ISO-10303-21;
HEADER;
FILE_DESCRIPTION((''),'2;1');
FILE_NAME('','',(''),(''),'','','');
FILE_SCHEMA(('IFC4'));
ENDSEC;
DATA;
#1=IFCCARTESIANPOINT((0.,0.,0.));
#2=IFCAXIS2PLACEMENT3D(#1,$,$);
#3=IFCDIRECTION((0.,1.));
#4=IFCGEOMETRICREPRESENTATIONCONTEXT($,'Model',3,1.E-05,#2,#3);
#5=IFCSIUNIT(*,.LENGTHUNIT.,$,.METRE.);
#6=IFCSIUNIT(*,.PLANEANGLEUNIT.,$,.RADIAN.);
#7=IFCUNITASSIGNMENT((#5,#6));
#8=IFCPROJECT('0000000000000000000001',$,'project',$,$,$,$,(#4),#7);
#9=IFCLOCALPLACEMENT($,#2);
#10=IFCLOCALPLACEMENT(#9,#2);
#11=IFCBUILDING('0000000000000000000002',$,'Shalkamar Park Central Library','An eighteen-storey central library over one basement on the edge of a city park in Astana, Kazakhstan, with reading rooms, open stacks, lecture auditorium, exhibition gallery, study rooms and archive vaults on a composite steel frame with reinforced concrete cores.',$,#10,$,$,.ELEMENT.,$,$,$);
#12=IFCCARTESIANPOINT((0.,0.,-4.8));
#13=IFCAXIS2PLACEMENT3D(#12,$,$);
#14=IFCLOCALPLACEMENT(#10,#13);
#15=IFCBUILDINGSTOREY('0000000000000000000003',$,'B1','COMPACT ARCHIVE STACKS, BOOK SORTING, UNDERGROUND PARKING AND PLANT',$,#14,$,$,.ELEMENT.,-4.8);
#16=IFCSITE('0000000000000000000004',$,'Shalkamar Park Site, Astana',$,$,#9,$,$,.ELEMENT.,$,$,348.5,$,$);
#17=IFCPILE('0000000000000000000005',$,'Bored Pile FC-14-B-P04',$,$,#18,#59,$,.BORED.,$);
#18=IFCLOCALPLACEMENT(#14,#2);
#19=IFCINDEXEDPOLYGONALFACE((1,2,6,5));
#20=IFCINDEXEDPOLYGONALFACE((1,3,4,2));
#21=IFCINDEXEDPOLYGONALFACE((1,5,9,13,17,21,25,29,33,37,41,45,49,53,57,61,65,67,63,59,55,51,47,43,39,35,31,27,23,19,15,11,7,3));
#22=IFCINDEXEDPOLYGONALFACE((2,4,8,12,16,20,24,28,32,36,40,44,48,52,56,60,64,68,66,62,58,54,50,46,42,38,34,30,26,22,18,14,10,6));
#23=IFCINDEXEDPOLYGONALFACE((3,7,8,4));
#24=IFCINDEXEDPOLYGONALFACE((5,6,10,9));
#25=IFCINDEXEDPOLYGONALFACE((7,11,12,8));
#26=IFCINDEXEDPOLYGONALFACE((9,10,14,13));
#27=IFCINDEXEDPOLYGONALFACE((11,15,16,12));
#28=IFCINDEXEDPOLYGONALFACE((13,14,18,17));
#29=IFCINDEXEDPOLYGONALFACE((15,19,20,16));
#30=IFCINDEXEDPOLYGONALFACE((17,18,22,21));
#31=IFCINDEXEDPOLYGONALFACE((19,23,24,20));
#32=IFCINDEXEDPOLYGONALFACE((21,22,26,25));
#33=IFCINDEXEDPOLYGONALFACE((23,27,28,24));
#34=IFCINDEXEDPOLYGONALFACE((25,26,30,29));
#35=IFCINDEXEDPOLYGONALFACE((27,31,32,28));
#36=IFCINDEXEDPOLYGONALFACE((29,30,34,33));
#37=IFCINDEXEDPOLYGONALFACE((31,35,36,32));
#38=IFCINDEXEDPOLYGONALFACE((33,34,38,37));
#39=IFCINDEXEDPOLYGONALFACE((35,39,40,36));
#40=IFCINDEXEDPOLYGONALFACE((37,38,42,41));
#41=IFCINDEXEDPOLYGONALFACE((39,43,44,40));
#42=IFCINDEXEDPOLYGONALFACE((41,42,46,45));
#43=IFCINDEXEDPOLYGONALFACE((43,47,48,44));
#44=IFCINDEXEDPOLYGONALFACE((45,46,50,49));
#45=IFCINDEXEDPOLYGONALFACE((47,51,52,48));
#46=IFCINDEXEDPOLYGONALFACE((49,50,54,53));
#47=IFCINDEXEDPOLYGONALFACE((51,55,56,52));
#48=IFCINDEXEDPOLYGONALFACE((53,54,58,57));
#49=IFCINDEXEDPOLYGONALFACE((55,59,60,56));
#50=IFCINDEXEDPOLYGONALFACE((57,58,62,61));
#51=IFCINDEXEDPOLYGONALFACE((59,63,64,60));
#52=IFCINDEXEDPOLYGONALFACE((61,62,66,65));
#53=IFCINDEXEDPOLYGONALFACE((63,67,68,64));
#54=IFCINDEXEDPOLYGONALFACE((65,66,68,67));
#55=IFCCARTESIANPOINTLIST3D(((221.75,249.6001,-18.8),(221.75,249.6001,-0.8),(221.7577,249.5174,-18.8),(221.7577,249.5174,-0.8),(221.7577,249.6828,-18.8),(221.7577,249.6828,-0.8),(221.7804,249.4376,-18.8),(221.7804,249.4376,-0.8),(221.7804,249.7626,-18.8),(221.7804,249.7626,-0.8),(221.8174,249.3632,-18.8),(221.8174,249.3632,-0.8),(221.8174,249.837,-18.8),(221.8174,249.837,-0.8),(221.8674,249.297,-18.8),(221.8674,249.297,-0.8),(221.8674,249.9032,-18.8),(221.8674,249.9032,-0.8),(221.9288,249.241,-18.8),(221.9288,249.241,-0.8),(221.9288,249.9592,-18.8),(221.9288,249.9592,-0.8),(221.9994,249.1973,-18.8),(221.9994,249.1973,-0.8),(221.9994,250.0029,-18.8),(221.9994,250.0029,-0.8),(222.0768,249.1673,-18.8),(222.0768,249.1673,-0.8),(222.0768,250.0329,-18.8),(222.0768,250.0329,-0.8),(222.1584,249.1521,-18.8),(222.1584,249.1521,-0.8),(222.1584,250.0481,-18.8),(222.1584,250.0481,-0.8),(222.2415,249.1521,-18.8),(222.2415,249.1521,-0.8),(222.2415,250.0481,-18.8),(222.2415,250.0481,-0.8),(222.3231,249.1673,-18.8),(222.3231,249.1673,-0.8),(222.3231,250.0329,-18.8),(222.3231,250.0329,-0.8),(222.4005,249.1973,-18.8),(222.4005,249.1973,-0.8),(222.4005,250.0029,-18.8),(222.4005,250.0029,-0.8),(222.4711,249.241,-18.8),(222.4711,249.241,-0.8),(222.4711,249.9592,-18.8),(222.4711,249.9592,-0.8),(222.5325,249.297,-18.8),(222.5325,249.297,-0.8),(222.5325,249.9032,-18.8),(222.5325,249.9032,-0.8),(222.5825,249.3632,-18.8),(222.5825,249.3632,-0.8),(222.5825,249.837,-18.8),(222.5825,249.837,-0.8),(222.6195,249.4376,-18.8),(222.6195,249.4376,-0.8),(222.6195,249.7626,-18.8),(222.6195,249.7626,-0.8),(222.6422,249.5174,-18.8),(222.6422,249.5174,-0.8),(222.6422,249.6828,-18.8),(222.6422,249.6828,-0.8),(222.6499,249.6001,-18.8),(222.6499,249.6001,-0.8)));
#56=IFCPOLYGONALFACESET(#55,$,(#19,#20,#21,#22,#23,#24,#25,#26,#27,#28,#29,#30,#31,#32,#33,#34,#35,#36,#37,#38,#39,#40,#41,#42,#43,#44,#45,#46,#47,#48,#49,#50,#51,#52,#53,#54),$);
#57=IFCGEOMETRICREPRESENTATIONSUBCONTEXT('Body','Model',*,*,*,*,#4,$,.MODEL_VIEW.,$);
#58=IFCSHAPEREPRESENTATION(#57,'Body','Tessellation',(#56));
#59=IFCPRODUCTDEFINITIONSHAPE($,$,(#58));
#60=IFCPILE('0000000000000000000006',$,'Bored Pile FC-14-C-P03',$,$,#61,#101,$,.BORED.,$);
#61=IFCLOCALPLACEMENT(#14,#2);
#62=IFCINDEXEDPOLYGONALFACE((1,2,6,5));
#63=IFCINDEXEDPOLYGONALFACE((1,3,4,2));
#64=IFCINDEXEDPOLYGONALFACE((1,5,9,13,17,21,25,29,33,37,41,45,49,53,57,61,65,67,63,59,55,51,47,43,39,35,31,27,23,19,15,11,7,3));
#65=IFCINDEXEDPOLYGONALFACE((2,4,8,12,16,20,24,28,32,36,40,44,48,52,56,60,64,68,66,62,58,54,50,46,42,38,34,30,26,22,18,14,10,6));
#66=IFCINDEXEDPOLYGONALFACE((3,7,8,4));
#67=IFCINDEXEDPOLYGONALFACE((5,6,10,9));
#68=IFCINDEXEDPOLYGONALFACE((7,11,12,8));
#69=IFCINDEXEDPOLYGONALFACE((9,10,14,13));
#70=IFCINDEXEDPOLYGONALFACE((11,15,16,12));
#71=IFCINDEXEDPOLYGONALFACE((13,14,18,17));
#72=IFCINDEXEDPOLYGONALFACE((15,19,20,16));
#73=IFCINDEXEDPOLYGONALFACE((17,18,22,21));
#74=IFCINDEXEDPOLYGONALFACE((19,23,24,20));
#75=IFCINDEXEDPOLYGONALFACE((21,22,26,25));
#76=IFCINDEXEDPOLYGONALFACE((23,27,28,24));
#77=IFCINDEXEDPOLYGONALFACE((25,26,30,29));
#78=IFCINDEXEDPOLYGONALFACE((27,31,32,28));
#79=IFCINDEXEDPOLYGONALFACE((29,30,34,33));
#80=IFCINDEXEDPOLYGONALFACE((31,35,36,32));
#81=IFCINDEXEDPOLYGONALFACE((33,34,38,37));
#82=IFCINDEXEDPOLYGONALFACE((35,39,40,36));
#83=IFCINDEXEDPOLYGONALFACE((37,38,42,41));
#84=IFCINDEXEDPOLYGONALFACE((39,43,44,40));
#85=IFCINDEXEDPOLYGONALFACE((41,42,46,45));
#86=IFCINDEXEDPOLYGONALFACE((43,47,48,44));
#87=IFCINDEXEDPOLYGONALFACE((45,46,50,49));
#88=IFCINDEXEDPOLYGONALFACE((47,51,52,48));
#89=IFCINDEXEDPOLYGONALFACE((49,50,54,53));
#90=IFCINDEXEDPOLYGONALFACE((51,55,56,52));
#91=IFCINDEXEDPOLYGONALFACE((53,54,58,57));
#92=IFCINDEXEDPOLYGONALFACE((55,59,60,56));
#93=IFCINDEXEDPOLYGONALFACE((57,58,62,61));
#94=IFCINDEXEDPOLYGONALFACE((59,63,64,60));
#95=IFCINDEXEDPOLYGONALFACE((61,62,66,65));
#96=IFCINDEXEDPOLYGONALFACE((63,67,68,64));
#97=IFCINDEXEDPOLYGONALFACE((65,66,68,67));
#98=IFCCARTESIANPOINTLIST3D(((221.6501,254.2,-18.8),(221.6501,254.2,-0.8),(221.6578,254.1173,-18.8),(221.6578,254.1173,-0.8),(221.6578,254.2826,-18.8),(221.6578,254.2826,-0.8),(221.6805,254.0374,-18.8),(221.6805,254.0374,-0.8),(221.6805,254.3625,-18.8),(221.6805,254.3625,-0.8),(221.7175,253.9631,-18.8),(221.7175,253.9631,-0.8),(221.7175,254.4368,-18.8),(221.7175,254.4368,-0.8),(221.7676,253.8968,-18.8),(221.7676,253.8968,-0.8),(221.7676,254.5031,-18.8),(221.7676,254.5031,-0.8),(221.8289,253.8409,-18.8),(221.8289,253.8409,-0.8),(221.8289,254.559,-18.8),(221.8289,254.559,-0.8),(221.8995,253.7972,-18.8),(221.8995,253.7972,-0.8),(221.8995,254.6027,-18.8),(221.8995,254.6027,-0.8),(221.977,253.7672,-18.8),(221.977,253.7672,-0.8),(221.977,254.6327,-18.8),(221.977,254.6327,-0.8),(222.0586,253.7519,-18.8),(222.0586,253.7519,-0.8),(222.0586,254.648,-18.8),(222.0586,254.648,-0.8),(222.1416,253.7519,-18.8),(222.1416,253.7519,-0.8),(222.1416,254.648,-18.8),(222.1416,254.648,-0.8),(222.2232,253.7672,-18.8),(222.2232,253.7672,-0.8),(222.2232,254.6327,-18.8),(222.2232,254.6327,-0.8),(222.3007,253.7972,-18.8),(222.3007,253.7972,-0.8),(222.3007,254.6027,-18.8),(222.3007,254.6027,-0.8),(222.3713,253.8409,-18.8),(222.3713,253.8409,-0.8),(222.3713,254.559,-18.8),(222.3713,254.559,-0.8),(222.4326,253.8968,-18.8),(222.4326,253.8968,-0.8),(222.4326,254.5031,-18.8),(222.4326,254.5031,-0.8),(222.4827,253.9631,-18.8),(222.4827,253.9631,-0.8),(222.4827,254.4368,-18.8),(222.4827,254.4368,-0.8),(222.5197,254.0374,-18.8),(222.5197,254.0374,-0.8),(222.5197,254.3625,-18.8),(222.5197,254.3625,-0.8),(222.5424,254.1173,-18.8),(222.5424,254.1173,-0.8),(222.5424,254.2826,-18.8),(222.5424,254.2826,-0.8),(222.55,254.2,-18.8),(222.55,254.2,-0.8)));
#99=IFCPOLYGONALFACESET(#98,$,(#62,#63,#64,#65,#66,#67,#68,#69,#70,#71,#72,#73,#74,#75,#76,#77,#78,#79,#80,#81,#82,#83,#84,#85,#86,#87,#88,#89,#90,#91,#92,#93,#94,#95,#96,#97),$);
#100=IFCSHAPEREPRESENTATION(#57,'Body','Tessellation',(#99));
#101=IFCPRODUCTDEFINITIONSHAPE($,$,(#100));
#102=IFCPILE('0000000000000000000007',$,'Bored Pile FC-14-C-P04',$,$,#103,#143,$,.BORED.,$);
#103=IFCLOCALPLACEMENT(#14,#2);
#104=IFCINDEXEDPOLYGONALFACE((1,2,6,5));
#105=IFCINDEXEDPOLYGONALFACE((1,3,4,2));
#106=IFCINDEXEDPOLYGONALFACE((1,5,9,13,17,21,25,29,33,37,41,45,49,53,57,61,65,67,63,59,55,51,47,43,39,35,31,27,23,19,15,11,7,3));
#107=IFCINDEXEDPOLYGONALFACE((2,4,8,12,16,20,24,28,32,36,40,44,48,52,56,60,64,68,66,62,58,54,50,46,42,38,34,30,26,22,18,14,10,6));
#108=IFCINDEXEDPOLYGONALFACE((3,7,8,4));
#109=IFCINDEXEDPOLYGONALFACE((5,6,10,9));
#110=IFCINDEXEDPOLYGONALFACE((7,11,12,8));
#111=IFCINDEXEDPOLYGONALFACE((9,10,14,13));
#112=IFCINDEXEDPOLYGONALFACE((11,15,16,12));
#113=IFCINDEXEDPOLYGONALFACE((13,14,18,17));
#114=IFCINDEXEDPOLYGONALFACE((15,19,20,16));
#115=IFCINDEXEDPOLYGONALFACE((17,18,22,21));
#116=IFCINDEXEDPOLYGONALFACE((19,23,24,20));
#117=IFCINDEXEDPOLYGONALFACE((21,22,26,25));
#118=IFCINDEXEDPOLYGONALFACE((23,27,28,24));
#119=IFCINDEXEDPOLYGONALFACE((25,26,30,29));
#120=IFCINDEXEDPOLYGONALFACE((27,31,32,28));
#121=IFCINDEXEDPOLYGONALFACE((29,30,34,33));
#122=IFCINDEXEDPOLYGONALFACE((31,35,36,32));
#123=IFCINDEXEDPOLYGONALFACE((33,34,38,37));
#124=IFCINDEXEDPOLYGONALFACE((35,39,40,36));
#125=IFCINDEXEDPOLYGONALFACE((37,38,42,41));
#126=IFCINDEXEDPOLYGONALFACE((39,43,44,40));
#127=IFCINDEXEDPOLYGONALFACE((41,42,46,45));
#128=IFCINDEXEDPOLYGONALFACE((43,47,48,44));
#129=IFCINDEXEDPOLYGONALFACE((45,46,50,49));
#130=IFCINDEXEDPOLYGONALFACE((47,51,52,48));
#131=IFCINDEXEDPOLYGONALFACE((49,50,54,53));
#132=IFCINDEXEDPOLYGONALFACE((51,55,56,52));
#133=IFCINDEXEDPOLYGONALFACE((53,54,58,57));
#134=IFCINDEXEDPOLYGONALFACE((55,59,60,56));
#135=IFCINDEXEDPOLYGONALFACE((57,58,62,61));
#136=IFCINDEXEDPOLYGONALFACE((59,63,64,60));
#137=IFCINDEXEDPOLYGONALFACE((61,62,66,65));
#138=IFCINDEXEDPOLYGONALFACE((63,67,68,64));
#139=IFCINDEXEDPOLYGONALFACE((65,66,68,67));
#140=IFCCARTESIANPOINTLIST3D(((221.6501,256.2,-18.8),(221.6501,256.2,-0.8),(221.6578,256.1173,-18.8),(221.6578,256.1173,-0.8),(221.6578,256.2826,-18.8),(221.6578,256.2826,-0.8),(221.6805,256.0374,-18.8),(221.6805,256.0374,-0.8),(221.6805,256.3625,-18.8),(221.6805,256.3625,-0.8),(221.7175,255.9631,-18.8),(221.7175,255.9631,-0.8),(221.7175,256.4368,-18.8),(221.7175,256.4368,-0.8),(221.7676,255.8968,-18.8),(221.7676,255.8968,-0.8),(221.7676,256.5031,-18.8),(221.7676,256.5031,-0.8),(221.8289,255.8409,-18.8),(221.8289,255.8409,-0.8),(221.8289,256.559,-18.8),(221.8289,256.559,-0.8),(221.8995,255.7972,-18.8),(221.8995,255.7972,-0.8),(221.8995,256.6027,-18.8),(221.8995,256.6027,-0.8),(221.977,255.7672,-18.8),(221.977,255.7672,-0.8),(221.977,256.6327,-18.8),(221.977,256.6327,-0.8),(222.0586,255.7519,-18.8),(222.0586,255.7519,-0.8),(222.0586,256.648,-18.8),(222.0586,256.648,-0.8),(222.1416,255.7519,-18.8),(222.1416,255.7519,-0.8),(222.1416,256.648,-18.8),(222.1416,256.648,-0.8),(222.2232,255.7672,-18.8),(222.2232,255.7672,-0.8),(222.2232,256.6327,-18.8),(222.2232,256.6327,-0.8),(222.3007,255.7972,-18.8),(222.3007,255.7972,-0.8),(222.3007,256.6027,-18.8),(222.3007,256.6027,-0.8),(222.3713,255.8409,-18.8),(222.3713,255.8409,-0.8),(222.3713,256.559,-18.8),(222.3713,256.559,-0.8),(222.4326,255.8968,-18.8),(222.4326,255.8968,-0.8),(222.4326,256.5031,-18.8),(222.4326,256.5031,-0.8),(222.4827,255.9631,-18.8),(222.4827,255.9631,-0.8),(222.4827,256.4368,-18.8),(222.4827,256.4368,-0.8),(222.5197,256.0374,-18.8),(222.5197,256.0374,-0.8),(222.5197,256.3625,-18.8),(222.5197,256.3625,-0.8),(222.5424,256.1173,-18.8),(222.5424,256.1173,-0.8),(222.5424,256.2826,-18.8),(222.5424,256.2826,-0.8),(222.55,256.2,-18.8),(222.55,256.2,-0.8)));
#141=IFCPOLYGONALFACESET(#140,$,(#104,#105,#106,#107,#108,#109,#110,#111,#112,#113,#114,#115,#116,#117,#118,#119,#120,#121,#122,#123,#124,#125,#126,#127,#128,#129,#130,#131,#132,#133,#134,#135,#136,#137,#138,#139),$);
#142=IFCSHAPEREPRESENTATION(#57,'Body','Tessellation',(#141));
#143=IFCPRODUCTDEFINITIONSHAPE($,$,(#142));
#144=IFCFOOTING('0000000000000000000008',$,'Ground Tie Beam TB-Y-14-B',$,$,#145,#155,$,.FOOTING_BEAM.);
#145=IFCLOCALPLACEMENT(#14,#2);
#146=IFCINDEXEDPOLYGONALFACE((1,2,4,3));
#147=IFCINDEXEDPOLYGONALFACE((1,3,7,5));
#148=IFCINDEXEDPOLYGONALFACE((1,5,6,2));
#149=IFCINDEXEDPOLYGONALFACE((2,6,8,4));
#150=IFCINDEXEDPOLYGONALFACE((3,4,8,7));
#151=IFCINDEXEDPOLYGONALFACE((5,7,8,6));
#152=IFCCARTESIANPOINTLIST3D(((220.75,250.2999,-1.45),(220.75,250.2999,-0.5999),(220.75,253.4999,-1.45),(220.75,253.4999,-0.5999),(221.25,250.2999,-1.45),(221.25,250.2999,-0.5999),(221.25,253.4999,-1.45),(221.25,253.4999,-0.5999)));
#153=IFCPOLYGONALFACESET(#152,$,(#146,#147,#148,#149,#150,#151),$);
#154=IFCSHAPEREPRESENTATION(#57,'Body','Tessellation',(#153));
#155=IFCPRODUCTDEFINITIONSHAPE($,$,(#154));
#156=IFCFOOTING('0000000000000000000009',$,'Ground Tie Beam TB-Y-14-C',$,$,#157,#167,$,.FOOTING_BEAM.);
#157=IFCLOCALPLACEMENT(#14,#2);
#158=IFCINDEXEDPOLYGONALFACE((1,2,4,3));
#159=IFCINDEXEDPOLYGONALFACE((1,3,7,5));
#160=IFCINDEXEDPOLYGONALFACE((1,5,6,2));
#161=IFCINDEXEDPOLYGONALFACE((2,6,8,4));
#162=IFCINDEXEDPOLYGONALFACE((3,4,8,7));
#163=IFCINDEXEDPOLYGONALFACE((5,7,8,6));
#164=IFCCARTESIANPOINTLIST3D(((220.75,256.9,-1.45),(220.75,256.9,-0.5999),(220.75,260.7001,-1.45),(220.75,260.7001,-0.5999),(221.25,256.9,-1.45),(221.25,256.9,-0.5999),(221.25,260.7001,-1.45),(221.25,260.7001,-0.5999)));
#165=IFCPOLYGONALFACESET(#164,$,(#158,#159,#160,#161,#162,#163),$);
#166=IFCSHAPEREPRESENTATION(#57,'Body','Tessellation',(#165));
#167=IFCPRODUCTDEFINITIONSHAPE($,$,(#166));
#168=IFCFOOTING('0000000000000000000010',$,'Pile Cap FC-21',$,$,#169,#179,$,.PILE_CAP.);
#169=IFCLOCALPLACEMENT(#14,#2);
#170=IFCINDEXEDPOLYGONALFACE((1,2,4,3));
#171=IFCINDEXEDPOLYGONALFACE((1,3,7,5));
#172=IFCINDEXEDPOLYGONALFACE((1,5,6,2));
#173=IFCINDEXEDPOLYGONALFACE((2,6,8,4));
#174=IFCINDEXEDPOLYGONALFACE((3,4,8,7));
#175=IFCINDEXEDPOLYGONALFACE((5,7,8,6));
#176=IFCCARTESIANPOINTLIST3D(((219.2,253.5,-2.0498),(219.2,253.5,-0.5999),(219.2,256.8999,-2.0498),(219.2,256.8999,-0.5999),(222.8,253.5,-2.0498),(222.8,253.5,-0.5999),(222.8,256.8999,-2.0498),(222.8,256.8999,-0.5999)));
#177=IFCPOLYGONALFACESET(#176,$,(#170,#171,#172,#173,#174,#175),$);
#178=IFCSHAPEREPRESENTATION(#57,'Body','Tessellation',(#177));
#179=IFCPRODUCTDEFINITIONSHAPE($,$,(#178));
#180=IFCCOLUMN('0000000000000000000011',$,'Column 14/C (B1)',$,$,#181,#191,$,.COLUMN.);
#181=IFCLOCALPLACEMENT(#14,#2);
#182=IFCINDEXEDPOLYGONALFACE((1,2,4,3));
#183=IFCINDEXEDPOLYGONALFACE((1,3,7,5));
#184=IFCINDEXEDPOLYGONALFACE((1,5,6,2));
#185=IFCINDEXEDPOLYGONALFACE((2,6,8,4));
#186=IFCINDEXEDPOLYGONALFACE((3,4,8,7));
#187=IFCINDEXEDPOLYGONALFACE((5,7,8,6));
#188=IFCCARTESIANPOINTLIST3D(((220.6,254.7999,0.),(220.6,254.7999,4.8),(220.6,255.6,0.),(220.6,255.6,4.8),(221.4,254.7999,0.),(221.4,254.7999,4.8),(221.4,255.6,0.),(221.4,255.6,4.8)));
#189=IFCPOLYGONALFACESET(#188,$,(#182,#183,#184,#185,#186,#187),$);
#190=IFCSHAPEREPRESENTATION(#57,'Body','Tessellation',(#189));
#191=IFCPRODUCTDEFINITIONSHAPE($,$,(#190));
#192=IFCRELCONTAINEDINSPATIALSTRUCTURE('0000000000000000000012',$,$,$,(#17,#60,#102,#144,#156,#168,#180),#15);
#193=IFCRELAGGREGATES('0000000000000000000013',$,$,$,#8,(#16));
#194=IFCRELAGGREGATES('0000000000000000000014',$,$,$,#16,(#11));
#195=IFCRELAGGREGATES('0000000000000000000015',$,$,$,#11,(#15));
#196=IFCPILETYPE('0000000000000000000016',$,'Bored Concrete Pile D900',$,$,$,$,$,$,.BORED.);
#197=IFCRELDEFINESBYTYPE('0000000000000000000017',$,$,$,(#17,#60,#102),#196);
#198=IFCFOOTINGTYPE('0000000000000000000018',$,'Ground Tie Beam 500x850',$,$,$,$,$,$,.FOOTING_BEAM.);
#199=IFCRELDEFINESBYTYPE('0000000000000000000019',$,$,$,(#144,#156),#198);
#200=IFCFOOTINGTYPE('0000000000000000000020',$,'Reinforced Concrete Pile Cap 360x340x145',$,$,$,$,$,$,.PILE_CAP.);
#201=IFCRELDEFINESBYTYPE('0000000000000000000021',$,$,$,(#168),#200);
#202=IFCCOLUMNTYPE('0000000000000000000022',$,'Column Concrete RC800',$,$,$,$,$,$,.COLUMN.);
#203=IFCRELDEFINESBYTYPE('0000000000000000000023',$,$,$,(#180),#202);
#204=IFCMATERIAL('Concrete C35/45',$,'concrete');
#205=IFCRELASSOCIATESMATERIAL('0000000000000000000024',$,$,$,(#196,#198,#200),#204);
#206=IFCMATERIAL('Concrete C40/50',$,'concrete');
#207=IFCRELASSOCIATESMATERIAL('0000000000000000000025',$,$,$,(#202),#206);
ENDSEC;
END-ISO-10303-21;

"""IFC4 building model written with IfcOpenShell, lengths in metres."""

from ifc_helpers import new_model, si_unit, direction, frame, origin, origin_2d, place, context, subcontext, project, spatial, rectangle, circle, extrude, material, material_profile, profile_set, type_object, element, save


model = new_model("IFC4")

# Units and contexts
model_context = context("Model", 3, precision=1e-05, world=origin(), true_north=direction((0.0, 1.0)))
body_context = subcontext(model_context, "Body", "Model", "MODEL_VIEW")
ifc_project = project(units=[si_unit("LENGTHUNIT", "METRE"), si_unit("PLANEANGLEUNIT", "RADIAN")], contexts=[model_context])

# Site, building, storey
site_placement = place(None, origin())
site = spatial("IfcSite", under=ifc_project, at=site_placement, Name="Shalkamar Park Site, Astana", CompositionType="ELEMENT", RefElevation=348.5)
building_placement = place(site_placement, origin())
building = spatial("IfcBuilding", under=site, at=building_placement, Name="Shalkamar Park Central Library", Description="An eighteen-storey central library over one basement on the edge of a city park in Astana, Kazakhstan, with reading rooms, open stacks, lecture auditorium, exhibition gallery, study rooms and archive vaults on a composite steel frame with reinforced concrete cores.", CompositionType="ELEMENT")
storey_placement = place(building_placement, frame((0.0, 0.0, -4.8)))
storey = spatial("IfcBuildingStorey", under=building, at=storey_placement, Name="B1", Description="COMPACT ARCHIVE STACKS, BOOK SORTING, UNDERGROUND PARKING AND PLANT", CompositionType="ELEMENT", Elevation=-4.8)

# Piles
ifc_material_1 = material(Name="Concrete C35/45", Category="concrete")
ifc_material_profile_1 = material_profile(ifc_material_1, circle(Radius=0.45, at=origin_2d()), Name="PILE D900")
ifc_profile_set_1 = profile_set([ifc_material_profile_1], Name="Concrete C35/45")
pile_type_1 = type_object("IfcPileType", Name="Bored Concrete Pile D900", PredefinedType="BORED", material=ifc_profile_set_1)
for number, where, z_axis, x_axis, name in (
    (1, (222.2, 249.6001, -0.8), (0.0, 0.0, -1.0), (1.0, 0.0, 0.0), "Bored Pile FC-14-B-P04"),
    (2, (222.1001, 254.2, -0.8), (0.0, 0.0, -1.0), (1.0, 0.0, 0.0), "Bored Pile FC-14-C-P03"),
    (3, (222.1001, 256.2, -0.8), (0.0, 0.0, -1.0), (1.0, 0.0, 0.0), "Bored Pile FC-14-C-P04"),
):
    element("IfcPile", number, at=place(storey_placement, frame(where, z_axis=z_axis, x_axis=x_axis)), inside=storey, type_object=pile_type_1, Name=name, PredefinedType="BORED", context=body_context, shape_type="SweptSolid", body=[
        extrude(circle(Radius=0.45, at=origin_2d()), origin(), (0.0, 0.0, 1.0), 18.0),
    ])

# Footings
footing_type_1 = type_object("IfcFootingType", Name="Ground Tie Beam 500x850", PredefinedType="FOOTING_BEAM", material=ifc_material_1)
footing_1_placement = place(storey_placement, frame((221.0, 251.8999, -1.45), z_axis=(0.0, 0.0, 1.0), x_axis=(0.0, 1.0, 0.0)))
element("IfcFooting", 4, at=footing_1_placement, inside=storey, type_object=footing_type_1, Name="Ground Tie Beam TB-Y-14-B", PredefinedType="FOOTING_BEAM", context=body_context, shape_type="SweptSolid", body=[
    extrude(rectangle(XDim=3.2, YDim=0.5, at=origin_2d()), origin(), (0.0, 0.0, 1.0), 0.8501),
])
footing_2_placement = place(storey_placement, frame((221.0, 258.8, -1.45), z_axis=(0.0, 0.0, 1.0), x_axis=(0.0, 1.0, 0.0)))
element("IfcFooting", 5, at=footing_2_placement, inside=storey, type_object=footing_type_1, Name="Ground Tie Beam TB-Y-14-C", PredefinedType="FOOTING_BEAM", context=body_context, shape_type="SweptSolid", body=[
    extrude(rectangle(XDim=3.8, YDim=0.5, at=origin_2d()), origin(), (0.0, 0.0, 1.0), 0.8501),
])
footing_type_2 = type_object("IfcFootingType", Name="Reinforced Concrete Pile Cap 360x340x145", PredefinedType="PILE_CAP", material=ifc_material_1)
footing_3_placement = place(storey_placement, frame((221.0, 255.2, -2.0498), z_axis=(0.0, 0.0, 1.0), x_axis=(1.0, 0.0, 0.0)))
element("IfcFooting", 6, at=footing_3_placement, inside=storey, type_object=footing_type_2, Name="Pile Cap FC-21", PredefinedType="PILE_CAP", context=body_context, shape_type="SweptSolid", body=[
    extrude(rectangle(XDim=3.6001, YDim=3.3999, at=origin_2d()), origin(), (0.0, 0.0, 1.0), 1.45),
])

# Column
ifc_material_2 = material(Name="Concrete C40/50", Category="concrete")
ifc_material_profile_2 = material_profile(ifc_material_2, rectangle(XDim=0.8, YDim=0.8, at=origin_2d()), Name="RC 800x800")
ifc_profile_set_2 = profile_set([ifc_material_profile_2], Name="Concrete C40/50")
column_type_1 = type_object("IfcColumnType", Name="Column Concrete RC800", PredefinedType="COLUMN", material=ifc_profile_set_2)
column_1_placement = place(storey_placement, frame((221.0, 255.2, 0.0), z_axis=(0.0, 0.0, 1.0), x_axis=(1.0, 0.0, 0.0)))
element("IfcColumn", 7, at=column_1_placement, inside=storey, type_object=column_type_1, Name="Column 14/C (B1)", PredefinedType="COLUMN", context=body_context, shape_type="SweptSolid", body=[
    extrude(rectangle(XDim=0.8, YDim=0.8, at=origin_2d()), origin(), (0.0, 0.0, 1.0), 4.8),
])

save(model, "model.ifc")
